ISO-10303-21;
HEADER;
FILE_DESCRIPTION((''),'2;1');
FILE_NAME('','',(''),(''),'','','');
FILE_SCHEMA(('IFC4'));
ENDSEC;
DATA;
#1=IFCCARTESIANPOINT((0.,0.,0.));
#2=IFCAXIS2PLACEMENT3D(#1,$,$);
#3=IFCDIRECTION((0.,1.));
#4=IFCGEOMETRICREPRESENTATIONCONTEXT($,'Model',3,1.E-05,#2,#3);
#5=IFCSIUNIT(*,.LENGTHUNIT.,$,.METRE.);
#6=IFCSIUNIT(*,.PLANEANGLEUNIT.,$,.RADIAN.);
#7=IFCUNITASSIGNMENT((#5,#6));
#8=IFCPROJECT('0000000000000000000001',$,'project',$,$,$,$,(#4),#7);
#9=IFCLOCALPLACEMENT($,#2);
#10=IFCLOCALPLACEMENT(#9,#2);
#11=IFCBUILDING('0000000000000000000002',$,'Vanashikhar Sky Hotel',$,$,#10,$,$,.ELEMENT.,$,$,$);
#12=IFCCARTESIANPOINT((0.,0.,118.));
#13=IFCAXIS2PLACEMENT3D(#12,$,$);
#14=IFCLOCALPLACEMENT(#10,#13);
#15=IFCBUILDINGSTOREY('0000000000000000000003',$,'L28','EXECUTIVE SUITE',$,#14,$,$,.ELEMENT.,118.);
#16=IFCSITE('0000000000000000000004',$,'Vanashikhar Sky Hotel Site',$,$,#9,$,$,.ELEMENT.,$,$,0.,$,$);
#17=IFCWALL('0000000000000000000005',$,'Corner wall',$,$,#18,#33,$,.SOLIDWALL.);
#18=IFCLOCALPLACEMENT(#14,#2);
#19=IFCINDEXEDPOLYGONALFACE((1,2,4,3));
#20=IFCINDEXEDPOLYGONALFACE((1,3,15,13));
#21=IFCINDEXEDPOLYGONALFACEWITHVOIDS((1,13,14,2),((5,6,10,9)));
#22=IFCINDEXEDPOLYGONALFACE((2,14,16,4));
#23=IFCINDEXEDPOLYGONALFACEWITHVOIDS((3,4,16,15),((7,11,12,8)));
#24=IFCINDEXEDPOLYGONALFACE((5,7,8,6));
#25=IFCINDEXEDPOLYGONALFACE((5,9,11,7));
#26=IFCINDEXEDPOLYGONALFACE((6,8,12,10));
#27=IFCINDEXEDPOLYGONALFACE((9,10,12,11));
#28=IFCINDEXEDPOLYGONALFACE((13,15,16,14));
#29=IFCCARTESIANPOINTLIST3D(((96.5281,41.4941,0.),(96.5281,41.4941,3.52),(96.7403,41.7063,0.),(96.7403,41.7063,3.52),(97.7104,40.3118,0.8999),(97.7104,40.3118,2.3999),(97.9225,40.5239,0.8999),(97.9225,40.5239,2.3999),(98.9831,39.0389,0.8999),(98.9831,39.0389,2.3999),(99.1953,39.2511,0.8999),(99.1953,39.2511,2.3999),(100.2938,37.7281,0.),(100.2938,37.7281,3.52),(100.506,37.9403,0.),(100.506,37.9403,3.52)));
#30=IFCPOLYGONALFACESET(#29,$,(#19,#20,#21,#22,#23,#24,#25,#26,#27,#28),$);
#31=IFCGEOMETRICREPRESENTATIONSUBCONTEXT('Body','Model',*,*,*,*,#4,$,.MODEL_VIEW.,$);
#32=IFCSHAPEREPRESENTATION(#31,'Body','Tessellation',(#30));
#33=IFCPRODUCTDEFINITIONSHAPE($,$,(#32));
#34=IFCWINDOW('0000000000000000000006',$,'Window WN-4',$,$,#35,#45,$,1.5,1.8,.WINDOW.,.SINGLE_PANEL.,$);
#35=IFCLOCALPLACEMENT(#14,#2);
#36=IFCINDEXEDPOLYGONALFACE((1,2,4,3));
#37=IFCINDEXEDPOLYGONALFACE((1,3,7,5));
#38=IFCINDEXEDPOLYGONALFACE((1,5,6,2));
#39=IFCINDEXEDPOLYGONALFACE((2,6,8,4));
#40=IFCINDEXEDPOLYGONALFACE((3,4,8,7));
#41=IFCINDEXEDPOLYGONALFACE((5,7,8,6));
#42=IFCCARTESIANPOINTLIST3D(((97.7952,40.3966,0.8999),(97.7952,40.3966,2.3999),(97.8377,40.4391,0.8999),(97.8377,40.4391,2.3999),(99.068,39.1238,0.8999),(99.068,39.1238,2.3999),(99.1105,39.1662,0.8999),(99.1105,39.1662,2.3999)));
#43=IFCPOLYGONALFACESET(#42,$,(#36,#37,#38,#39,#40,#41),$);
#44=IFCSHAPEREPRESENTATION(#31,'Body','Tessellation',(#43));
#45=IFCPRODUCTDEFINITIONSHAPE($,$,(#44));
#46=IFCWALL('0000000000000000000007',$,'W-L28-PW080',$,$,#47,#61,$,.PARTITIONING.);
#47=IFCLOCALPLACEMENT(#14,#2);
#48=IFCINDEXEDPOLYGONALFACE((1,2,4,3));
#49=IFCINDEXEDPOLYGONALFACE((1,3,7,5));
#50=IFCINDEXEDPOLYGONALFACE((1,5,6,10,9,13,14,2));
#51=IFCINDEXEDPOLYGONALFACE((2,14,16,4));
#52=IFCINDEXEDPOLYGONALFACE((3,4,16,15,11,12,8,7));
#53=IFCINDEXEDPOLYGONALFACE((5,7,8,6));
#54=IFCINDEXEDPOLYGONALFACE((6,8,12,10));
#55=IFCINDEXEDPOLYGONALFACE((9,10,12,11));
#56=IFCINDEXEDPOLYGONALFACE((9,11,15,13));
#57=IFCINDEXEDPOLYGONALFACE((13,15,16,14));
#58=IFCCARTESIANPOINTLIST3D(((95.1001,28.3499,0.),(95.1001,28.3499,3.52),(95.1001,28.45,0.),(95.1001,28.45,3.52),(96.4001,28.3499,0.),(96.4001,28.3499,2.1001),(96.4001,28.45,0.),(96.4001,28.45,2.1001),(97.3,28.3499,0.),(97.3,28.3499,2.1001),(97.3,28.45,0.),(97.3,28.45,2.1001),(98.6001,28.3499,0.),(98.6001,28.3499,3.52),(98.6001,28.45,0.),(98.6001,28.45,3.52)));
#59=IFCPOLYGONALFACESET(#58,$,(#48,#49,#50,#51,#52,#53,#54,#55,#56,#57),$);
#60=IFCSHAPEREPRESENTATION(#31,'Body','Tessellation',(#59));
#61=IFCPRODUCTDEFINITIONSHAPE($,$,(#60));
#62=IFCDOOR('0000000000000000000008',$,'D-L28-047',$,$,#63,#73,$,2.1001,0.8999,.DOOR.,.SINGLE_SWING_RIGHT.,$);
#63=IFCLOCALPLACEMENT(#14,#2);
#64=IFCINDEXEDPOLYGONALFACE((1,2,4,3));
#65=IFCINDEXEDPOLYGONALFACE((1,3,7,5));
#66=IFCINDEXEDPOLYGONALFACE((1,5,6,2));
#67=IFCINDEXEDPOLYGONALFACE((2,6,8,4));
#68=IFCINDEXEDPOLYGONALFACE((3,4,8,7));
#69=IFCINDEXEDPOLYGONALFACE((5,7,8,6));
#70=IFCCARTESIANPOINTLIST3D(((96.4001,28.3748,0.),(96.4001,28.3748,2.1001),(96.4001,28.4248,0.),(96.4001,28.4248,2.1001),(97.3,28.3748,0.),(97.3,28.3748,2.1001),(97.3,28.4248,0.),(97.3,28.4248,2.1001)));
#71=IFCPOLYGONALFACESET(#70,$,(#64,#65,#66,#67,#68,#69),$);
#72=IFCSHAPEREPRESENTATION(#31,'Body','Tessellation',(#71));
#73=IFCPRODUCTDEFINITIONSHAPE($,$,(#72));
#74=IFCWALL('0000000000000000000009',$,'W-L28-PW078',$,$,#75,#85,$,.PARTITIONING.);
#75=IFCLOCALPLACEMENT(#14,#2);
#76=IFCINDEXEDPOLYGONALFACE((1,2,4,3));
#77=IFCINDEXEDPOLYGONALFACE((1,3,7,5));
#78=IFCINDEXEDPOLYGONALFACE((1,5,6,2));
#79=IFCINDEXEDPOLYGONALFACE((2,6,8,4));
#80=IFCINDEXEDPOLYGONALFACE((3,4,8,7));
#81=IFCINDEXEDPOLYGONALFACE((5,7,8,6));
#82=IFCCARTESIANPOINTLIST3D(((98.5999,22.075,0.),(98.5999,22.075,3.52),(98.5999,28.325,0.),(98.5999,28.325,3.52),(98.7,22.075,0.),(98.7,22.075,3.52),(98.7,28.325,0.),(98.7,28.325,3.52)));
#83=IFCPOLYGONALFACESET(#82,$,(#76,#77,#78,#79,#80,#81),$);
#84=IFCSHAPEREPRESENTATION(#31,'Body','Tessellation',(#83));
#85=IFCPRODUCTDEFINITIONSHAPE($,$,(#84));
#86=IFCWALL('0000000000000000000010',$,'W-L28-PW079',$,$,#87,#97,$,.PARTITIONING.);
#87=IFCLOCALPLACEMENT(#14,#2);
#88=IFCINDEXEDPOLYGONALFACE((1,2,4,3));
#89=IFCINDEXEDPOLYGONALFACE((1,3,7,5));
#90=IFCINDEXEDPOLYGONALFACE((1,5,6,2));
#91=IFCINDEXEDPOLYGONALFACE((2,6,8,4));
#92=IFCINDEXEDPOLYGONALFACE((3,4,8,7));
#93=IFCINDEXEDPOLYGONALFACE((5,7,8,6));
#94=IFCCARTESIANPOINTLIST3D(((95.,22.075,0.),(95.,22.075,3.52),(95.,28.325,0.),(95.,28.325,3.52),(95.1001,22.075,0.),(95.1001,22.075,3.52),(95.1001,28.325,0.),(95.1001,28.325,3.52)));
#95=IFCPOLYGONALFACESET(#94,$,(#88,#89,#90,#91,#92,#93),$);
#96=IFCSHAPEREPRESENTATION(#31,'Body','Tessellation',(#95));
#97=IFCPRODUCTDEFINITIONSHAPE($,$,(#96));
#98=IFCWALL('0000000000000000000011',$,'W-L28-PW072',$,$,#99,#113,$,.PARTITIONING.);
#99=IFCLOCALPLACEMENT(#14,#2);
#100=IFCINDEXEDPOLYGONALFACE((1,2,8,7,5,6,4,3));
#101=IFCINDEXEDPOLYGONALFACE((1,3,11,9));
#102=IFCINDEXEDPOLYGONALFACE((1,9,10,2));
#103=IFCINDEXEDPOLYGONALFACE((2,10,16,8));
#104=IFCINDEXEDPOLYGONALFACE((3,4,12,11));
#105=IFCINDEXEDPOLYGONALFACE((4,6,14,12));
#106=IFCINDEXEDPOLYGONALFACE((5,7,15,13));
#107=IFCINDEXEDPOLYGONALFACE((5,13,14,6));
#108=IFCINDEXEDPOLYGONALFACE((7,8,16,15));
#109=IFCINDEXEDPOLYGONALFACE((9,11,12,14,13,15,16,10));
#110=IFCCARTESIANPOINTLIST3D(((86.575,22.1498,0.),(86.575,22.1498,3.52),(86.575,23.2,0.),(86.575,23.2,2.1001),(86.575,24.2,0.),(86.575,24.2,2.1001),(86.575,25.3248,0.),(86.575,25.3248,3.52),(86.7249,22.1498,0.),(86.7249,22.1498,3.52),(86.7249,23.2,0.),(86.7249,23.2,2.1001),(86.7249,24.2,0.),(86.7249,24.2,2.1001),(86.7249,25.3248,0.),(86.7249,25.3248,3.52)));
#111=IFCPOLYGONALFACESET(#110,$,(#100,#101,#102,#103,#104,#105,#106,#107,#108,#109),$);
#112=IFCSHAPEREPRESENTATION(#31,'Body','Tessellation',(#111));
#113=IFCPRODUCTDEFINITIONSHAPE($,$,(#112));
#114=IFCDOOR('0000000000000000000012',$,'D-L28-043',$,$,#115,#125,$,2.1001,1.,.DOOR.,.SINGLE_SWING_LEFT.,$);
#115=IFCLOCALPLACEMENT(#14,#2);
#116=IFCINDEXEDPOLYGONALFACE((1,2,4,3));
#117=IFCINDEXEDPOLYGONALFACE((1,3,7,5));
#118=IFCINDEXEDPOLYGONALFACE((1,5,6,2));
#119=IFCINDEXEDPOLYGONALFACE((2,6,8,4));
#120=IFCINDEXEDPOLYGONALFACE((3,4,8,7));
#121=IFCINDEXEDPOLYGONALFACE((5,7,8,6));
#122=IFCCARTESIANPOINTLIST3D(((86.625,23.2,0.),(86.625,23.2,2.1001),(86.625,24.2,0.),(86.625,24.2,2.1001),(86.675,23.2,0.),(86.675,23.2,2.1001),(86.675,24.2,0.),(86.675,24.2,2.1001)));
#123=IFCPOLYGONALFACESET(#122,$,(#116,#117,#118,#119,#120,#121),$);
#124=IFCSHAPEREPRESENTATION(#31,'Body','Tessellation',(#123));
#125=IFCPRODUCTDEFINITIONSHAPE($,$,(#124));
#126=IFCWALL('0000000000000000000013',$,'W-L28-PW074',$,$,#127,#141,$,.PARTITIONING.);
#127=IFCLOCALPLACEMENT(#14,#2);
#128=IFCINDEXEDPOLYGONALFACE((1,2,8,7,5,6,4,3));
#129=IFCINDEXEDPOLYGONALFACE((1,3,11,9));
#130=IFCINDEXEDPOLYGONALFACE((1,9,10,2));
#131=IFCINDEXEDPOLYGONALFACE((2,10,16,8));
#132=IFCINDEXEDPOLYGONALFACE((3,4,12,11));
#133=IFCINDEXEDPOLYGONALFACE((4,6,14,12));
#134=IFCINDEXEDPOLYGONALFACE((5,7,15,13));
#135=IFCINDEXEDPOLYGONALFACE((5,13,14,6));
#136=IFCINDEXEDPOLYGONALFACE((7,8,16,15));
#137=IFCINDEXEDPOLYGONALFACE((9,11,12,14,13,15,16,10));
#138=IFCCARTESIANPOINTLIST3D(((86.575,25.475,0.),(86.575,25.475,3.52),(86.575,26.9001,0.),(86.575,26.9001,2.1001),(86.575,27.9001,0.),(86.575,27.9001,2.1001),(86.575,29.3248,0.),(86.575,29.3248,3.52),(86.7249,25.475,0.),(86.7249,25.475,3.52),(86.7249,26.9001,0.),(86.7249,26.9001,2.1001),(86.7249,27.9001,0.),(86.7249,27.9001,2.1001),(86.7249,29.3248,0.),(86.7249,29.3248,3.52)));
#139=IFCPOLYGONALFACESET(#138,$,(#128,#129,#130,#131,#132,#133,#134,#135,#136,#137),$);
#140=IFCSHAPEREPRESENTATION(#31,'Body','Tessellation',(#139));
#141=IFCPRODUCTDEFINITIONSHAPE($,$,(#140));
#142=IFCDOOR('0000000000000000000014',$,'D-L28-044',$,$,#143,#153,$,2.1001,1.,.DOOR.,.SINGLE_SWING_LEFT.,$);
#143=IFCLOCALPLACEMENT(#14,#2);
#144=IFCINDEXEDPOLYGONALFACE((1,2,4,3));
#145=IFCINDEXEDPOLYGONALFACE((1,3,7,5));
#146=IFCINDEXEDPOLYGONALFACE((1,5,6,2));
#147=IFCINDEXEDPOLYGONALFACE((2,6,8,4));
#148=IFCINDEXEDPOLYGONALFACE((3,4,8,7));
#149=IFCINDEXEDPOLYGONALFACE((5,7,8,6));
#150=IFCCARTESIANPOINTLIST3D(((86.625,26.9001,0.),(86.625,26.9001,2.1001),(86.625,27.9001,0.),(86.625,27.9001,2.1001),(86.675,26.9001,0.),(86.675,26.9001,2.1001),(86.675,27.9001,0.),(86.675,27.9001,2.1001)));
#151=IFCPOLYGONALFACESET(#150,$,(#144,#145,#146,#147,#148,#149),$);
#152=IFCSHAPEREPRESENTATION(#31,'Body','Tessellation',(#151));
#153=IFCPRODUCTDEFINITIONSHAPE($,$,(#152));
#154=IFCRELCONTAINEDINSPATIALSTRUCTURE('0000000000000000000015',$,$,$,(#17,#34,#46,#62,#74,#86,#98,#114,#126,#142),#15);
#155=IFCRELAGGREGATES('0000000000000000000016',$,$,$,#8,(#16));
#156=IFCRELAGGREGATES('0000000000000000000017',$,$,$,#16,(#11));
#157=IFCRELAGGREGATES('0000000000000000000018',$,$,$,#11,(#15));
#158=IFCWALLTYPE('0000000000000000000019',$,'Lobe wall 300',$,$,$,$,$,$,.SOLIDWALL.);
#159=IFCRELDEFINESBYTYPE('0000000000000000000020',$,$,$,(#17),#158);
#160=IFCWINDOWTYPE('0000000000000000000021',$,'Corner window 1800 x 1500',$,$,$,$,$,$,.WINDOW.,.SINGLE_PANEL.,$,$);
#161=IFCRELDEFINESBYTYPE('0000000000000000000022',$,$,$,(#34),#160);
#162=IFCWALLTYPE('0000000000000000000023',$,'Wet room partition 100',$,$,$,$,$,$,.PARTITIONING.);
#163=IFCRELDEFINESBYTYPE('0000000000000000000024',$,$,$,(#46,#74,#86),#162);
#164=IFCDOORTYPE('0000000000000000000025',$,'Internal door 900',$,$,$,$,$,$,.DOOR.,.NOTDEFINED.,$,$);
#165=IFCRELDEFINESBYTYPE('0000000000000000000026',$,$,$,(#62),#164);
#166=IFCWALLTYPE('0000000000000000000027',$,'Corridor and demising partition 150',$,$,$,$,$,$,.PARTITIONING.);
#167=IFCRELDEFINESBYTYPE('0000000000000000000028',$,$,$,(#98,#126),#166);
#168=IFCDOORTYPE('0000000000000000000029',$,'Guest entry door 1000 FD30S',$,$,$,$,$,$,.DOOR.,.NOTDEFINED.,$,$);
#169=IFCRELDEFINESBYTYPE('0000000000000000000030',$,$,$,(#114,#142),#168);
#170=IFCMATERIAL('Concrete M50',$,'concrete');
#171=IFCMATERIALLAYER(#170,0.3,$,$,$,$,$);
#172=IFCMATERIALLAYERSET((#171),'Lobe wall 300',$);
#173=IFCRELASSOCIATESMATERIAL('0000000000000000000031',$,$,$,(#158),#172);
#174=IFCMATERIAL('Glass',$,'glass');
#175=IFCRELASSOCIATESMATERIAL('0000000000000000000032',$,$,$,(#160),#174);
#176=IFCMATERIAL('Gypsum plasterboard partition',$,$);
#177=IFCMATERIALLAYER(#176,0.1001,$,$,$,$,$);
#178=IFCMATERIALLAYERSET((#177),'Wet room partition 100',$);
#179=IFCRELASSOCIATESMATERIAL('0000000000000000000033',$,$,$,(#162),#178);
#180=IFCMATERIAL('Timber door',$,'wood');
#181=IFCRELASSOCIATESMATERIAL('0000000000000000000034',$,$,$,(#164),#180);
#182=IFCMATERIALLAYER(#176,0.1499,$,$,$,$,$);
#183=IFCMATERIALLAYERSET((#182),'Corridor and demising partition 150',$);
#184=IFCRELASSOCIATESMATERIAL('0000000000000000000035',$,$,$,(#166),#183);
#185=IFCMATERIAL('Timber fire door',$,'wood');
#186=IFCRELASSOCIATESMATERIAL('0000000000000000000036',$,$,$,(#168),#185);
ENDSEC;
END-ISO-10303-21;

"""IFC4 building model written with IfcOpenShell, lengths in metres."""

from ifc_helpers import new_model, si_unit, direction, frame, frame_2d, origin, place, context, subcontext, project, spatial, rectangle, extrude, source, transform, mapped, material, layer, layer_set, type_object, element, fill, save


model = new_model("IFC4")

# Units and contexts
model_context = context("Model", 3, precision=1e-05, world=origin(), true_north=direction((0.0, 1.0)))
body_context = subcontext(model_context, "Body", "Model", "MODEL_VIEW")
ifc_project = project(units=[si_unit("LENGTHUNIT", "METRE"), si_unit("PLANEANGLEUNIT", "RADIAN")], contexts=[model_context])

# Site, building, storey
site_placement = place(None, origin())
site = spatial("IfcSite", under=ifc_project, at=site_placement, Name="Vanashikhar Sky Hotel Site", CompositionType="ELEMENT", RefElevation=0.0)
building_placement = place(site_placement, origin())
building = spatial("IfcBuilding", under=site, at=building_placement, Name="Vanashikhar Sky Hotel", CompositionType="ELEMENT")
storey_placement = place(building_placement, frame((0.0, 0.0, 118.0)))
storey = spatial("IfcBuildingStorey", under=building, at=storey_placement, Name="L28", Description="EXECUTIVE SUITE", CompositionType="ELEMENT", Elevation=118.0)

# Wall, opening, window
ifc_material_1 = material(Name="Concrete M50", Category="concrete")
ifc_layer_1 = layer(ifc_material_1, 0.3)
ifc_layer_set_1 = layer_set([ifc_layer_1], Name="Lobe wall 300")
wall_type_1 = type_object("IfcWallType", Name="Lobe wall 300", PredefinedType="SOLIDWALL", material=ifc_layer_set_1)
shared_shape_1 = source(origin(), body_context, "Body", "SweptSolid", [
    extrude(rectangle(XDim=5.3257, YDim=0.3, at=frame_2d((2.6628, 0.0))), origin(), (0.0, 0.0, 1.0), 3.52),
])
wall_1_placement = place(storey_placement, frame((100.3999, 37.8342, 0.0), z_axis=(0.0, 0.0, 1.0), x_axis=(-0.707084, 0.70713, 0.0)))
wall_1 = element("IfcWall", 1, at=wall_1_placement, inside=storey, type_object=wall_type_1, Name="Corner wall", PredefinedType="SOLIDWALL", context=body_context, shape_type="MappedRepresentation", body=[
    mapped(shared_shape_1, transform((0.0, 0.0, 0.0), scale=1.0)),
])
shared_shape_2 = source(origin(), body_context, "Body", "SweptSolid", [
    extrude(rectangle(XDim=1.8, YDim=1.5, at=frame_2d((0.8999, 0.75))), frame((0.0, 0.1602, 0.0), z_axis=(0.0, -1.0, 0.0), x_axis=(1.0, 0.0, 0.0)), (0.0, 0.0, 1.0), 0.3201),
])
opening_1_placement = place(wall_1_placement, frame((1.8538, 0.0, 0.8999)))
opening_1 = element("IfcOpeningElement", 2, at=opening_1_placement, cuts=wall_1, PredefinedType="OPENING", context=body_context, shape_type="MappedRepresentation", body=[
    mapped(shared_shape_2, transform((0.0, 0.0, 0.0), scale=1.0)),
])
ifc_material_2 = material(Name="Glass", Category="glass")
window_type = type_object("IfcWindowType", Name="Corner window 1800 x 1500", PartitioningType="SINGLE_PANEL", PredefinedType="WINDOW", material=ifc_material_2)
shared_shape_3 = source(origin(), body_context, "Body", "SweptSolid", [
    extrude(rectangle(XDim=1.8, YDim=1.5, at=frame_2d((0.8999, 0.75))), frame((0.0, 0.03, 0.0), z_axis=(0.0, -1.0, 0.0), x_axis=(1.0, 0.0, 0.0)), (0.0, 0.0, 1.0), 0.0601),
])
window_placement = place(opening_1_placement, origin())
window = element("IfcWindow", 3, at=window_placement, inside=storey, type_object=window_type, Name="Window WN-4", OverallHeight=1.5, OverallWidth=1.8, PartitioningType="SINGLE_PANEL", PredefinedType="WINDOW", context=body_context, shape_type="MappedRepresentation", body=[
    mapped(shared_shape_3, transform((0.0, 0.0, 0.0), scale=1.0)),
])
fill(opening_1, window)

# Wall, opening, door
ifc_material_3 = material(Name="Gypsum plasterboard partition")
ifc_layer_2 = layer(ifc_material_3, 0.1001)
ifc_layer_set_2 = layer_set([ifc_layer_2], Name="Wet room partition 100")
wall_type_2 = type_object("IfcWallType", Name="Wet room partition 100", PredefinedType="PARTITIONING", material=ifc_layer_set_2)
shared_shape_4 = source(origin(), body_context, "Body", "SweptSolid", [
    extrude(rectangle(XDim=3.5, YDim=0.1001, at=frame_2d((1.75, 0.0))), origin(), (0.0, 0.0, 1.0), 3.52),
])
wall_2_placement = place(storey_placement, frame((95.1001, 28.3999, 0.0), z_axis=(0.0, 0.0, 1.0), x_axis=(1.0, 0.0, 0.0)))
wall_2 = element("IfcWall", 4, at=wall_2_placement, inside=storey, type_object=wall_type_2, Name="W-L28-PW080", PredefinedType="PARTITIONING", context=body_context, shape_type="MappedRepresentation", body=[
    mapped(shared_shape_4, transform((0.0, 0.0, 0.0), scale=1.0)),
])
shared_shape_5 = source(origin(), body_context, "Body", "SweptSolid", [
    extrude(rectangle(XDim=0.8999, YDim=2.1001, at=frame_2d((0.45, 1.05))), frame((0.0, 0.0601, 0.0), z_axis=(0.0, -1.0, 0.0), x_axis=(1.0, 0.0, 0.0)), (0.0, 0.0, 1.0), 0.1201),
])
opening_2_placement = place(wall_2_placement, frame((1.3, 0.0, 0.0)))
opening_2 = element("IfcOpeningElement", 5, at=opening_2_placement, cuts=wall_2, PredefinedType="OPENING", context=body_context, shape_type="MappedRepresentation", body=[
    mapped(shared_shape_5, transform((0.0, 0.0, 0.0), scale=1.0)),
])
ifc_material_4 = material(Name="Timber door", Category="wood")
door_type_1 = type_object("IfcDoorType", Name="Internal door 900", OperationType="NOTDEFINED", PredefinedType="DOOR", material=ifc_material_4)
shared_shape_6 = source(origin(), body_context, "Body", "SweptSolid", [
    extrude(rectangle(XDim=0.8999, YDim=2.1001, at=frame_2d((0.45, 1.05))), frame((0.0, 0.0249, 0.0), z_axis=(0.0, -1.0, 0.0), x_axis=(1.0, 0.0, 0.0)), (0.0, 0.0, 1.0), 0.05),
])
door_1_placement = place(opening_2_placement, origin())
door_1 = element("IfcDoor", 6, at=door_1_placement, inside=storey, type_object=door_type_1, Name="D-L28-047", OperationType="SINGLE_SWING_RIGHT", OverallHeight=2.1001, OverallWidth=0.8999, PredefinedType="DOOR", context=body_context, shape_type="MappedRepresentation", body=[
    mapped(shared_shape_6, transform((0.0, 0.0, 0.0), scale=1.0)),
])
fill(opening_2, door_1)

# Walls
shared_shape_7 = source(origin(), body_context, "Body", "SweptSolid", [
    extrude(rectangle(XDim=6.25, YDim=0.1001, at=frame_2d((3.125, 0.0))), origin(), (0.0, 0.0, 1.0), 3.52),
])
for number, where, z_axis, x_axis, name in (
    (7, (98.6499, 22.075, 0.0), (0.0, 0.0, 1.0), (0.0, 1.0, 0.0), "W-L28-PW078"),
    (8, (95.05, 22.075, 0.0), (0.0, 0.0, 1.0), (0.0, 1.0, 0.0), "W-L28-PW079"),
):
    element("IfcWall", number, at=place(storey_placement, frame(where, z_axis=z_axis, x_axis=x_axis)), inside=storey, type_object=wall_type_2, Name=name, PredefinedType="PARTITIONING", context=body_context, shape_type="MappedRepresentation", body=[
        mapped(shared_shape_7, transform((0.0, 0.0, 0.0), scale=1.0)),
    ])

# Walls, openings, doors
ifc_layer_3 = layer(ifc_material_3, 0.1499)
ifc_layer_set_3 = layer_set([ifc_layer_3], Name="Corridor and demising partition 150")
wall_type_3 = type_object("IfcWallType", Name="Corridor and demising partition 150", PredefinedType="PARTITIONING", material=ifc_layer_set_3)
shared_shape_8 = source(origin(), body_context, "Body", "SweptSolid", [
    extrude(rectangle(XDim=3.175, YDim=0.1499, at=frame_2d((1.5874, 0.0))), origin(), (0.0, 0.0, 1.0), 3.52),
])
wall_3_placement = place(storey_placement, frame((86.6499, 22.1499, 0.0), z_axis=(0.0, 0.0, 1.0), x_axis=(0.0, 1.0, 0.0)))
wall_3 = element("IfcWall", 9, at=wall_3_placement, inside=storey, type_object=wall_type_3, Name="W-L28-PW072", PredefinedType="PARTITIONING", context=body_context, shape_type="MappedRepresentation", body=[
    mapped(shared_shape_8, transform((0.0, 0.0, 0.0), scale=1.0)),
])
shared_shape_9 = source(origin(), body_context, "Body", "SweptSolid", [
    extrude(rectangle(XDim=1.0, YDim=2.1001, at=frame_2d((0.5, 1.05))), frame((0.0, 0.085, 0.0), z_axis=(0.0, -1.0, 0.0), x_axis=(1.0, 0.0, 0.0)), (0.0, 0.0, 1.0), 0.1699),
])
opening_3_placement = place(wall_3_placement, frame((1.05, 0.0, 0.0)))
opening_3 = element("IfcOpeningElement", 10, at=opening_3_placement, cuts=wall_3, PredefinedType="OPENING", context=body_context, shape_type="MappedRepresentation", body=[
    mapped(shared_shape_9, transform((0.0, 0.0, 0.0), scale=1.0)),
])
ifc_material_5 = material(Name="Timber fire door", Category="wood")
door_type_2 = type_object("IfcDoorType", Name="Guest entry door 1000 FD30S", OperationType="NOTDEFINED", PredefinedType="DOOR", material=ifc_material_5)
shared_shape_10 = source(origin(), body_context, "Body", "SweptSolid", [
    extrude(rectangle(XDim=1.0, YDim=2.1001, at=frame_2d((0.5, 1.05))), frame((0.0, 0.0249, 0.0), z_axis=(0.0, -1.0, 0.0), x_axis=(1.0, 0.0, 0.0)), (0.0, 0.0, 1.0), 0.05),
])
door_2_placement = place(opening_3_placement, origin())
door_2 = element("IfcDoor", 11, at=door_2_placement, inside=storey, type_object=door_type_2, Name="D-L28-043", OperationType="SINGLE_SWING_LEFT", OverallHeight=2.1001, OverallWidth=1.0, PredefinedType="DOOR", context=body_context, shape_type="MappedRepresentation", body=[
    mapped(shared_shape_10, transform((0.0, 0.0, 0.0), scale=1.0)),
])
fill(opening_3, door_2)
shared_shape_11 = source(origin(), body_context, "Body", "SweptSolid", [
    extrude(rectangle(XDim=3.8499, YDim=0.1499, at=frame_2d((1.9248, 0.0))), origin(), (0.0, 0.0, 1.0), 3.52),
])
wall_4_placement = place(storey_placement, frame((86.6499, 25.4751, 0.0), z_axis=(0.0, 0.0, 1.0), x_axis=(0.0, 1.0, 0.0)))
wall_4 = element("IfcWall", 12, at=wall_4_placement, inside=storey, type_object=wall_type_3, Name="W-L28-PW074", PredefinedType="PARTITIONING", context=body_context, shape_type="MappedRepresentation", body=[
    mapped(shared_shape_11, transform((0.0, 0.0, 0.0), scale=1.0)),
])
opening_4_placement = place(wall_4_placement, frame((1.425, 0.0, 0.0)))
opening_4 = element("IfcOpeningElement", 13, at=opening_4_placement, cuts=wall_4, PredefinedType="OPENING", context=body_context, shape_type="MappedRepresentation", body=[
    mapped(shared_shape_9, transform((0.0, 0.0, 0.0), scale=1.0)),
])
door_3_placement = place(opening_4_placement, origin())
door_3 = element("IfcDoor", 14, at=door_3_placement, inside=storey, type_object=door_type_2, Name="D-L28-044", OperationType="SINGLE_SWING_LEFT", OverallHeight=2.1001, OverallWidth=1.0, PredefinedType="DOOR", context=body_context, shape_type="MappedRepresentation", body=[
    mapped(shared_shape_10, transform((0.0, 0.0, 0.0), scale=1.0)),
])
fill(opening_4, door_3)

save(model, "model.ifc")
